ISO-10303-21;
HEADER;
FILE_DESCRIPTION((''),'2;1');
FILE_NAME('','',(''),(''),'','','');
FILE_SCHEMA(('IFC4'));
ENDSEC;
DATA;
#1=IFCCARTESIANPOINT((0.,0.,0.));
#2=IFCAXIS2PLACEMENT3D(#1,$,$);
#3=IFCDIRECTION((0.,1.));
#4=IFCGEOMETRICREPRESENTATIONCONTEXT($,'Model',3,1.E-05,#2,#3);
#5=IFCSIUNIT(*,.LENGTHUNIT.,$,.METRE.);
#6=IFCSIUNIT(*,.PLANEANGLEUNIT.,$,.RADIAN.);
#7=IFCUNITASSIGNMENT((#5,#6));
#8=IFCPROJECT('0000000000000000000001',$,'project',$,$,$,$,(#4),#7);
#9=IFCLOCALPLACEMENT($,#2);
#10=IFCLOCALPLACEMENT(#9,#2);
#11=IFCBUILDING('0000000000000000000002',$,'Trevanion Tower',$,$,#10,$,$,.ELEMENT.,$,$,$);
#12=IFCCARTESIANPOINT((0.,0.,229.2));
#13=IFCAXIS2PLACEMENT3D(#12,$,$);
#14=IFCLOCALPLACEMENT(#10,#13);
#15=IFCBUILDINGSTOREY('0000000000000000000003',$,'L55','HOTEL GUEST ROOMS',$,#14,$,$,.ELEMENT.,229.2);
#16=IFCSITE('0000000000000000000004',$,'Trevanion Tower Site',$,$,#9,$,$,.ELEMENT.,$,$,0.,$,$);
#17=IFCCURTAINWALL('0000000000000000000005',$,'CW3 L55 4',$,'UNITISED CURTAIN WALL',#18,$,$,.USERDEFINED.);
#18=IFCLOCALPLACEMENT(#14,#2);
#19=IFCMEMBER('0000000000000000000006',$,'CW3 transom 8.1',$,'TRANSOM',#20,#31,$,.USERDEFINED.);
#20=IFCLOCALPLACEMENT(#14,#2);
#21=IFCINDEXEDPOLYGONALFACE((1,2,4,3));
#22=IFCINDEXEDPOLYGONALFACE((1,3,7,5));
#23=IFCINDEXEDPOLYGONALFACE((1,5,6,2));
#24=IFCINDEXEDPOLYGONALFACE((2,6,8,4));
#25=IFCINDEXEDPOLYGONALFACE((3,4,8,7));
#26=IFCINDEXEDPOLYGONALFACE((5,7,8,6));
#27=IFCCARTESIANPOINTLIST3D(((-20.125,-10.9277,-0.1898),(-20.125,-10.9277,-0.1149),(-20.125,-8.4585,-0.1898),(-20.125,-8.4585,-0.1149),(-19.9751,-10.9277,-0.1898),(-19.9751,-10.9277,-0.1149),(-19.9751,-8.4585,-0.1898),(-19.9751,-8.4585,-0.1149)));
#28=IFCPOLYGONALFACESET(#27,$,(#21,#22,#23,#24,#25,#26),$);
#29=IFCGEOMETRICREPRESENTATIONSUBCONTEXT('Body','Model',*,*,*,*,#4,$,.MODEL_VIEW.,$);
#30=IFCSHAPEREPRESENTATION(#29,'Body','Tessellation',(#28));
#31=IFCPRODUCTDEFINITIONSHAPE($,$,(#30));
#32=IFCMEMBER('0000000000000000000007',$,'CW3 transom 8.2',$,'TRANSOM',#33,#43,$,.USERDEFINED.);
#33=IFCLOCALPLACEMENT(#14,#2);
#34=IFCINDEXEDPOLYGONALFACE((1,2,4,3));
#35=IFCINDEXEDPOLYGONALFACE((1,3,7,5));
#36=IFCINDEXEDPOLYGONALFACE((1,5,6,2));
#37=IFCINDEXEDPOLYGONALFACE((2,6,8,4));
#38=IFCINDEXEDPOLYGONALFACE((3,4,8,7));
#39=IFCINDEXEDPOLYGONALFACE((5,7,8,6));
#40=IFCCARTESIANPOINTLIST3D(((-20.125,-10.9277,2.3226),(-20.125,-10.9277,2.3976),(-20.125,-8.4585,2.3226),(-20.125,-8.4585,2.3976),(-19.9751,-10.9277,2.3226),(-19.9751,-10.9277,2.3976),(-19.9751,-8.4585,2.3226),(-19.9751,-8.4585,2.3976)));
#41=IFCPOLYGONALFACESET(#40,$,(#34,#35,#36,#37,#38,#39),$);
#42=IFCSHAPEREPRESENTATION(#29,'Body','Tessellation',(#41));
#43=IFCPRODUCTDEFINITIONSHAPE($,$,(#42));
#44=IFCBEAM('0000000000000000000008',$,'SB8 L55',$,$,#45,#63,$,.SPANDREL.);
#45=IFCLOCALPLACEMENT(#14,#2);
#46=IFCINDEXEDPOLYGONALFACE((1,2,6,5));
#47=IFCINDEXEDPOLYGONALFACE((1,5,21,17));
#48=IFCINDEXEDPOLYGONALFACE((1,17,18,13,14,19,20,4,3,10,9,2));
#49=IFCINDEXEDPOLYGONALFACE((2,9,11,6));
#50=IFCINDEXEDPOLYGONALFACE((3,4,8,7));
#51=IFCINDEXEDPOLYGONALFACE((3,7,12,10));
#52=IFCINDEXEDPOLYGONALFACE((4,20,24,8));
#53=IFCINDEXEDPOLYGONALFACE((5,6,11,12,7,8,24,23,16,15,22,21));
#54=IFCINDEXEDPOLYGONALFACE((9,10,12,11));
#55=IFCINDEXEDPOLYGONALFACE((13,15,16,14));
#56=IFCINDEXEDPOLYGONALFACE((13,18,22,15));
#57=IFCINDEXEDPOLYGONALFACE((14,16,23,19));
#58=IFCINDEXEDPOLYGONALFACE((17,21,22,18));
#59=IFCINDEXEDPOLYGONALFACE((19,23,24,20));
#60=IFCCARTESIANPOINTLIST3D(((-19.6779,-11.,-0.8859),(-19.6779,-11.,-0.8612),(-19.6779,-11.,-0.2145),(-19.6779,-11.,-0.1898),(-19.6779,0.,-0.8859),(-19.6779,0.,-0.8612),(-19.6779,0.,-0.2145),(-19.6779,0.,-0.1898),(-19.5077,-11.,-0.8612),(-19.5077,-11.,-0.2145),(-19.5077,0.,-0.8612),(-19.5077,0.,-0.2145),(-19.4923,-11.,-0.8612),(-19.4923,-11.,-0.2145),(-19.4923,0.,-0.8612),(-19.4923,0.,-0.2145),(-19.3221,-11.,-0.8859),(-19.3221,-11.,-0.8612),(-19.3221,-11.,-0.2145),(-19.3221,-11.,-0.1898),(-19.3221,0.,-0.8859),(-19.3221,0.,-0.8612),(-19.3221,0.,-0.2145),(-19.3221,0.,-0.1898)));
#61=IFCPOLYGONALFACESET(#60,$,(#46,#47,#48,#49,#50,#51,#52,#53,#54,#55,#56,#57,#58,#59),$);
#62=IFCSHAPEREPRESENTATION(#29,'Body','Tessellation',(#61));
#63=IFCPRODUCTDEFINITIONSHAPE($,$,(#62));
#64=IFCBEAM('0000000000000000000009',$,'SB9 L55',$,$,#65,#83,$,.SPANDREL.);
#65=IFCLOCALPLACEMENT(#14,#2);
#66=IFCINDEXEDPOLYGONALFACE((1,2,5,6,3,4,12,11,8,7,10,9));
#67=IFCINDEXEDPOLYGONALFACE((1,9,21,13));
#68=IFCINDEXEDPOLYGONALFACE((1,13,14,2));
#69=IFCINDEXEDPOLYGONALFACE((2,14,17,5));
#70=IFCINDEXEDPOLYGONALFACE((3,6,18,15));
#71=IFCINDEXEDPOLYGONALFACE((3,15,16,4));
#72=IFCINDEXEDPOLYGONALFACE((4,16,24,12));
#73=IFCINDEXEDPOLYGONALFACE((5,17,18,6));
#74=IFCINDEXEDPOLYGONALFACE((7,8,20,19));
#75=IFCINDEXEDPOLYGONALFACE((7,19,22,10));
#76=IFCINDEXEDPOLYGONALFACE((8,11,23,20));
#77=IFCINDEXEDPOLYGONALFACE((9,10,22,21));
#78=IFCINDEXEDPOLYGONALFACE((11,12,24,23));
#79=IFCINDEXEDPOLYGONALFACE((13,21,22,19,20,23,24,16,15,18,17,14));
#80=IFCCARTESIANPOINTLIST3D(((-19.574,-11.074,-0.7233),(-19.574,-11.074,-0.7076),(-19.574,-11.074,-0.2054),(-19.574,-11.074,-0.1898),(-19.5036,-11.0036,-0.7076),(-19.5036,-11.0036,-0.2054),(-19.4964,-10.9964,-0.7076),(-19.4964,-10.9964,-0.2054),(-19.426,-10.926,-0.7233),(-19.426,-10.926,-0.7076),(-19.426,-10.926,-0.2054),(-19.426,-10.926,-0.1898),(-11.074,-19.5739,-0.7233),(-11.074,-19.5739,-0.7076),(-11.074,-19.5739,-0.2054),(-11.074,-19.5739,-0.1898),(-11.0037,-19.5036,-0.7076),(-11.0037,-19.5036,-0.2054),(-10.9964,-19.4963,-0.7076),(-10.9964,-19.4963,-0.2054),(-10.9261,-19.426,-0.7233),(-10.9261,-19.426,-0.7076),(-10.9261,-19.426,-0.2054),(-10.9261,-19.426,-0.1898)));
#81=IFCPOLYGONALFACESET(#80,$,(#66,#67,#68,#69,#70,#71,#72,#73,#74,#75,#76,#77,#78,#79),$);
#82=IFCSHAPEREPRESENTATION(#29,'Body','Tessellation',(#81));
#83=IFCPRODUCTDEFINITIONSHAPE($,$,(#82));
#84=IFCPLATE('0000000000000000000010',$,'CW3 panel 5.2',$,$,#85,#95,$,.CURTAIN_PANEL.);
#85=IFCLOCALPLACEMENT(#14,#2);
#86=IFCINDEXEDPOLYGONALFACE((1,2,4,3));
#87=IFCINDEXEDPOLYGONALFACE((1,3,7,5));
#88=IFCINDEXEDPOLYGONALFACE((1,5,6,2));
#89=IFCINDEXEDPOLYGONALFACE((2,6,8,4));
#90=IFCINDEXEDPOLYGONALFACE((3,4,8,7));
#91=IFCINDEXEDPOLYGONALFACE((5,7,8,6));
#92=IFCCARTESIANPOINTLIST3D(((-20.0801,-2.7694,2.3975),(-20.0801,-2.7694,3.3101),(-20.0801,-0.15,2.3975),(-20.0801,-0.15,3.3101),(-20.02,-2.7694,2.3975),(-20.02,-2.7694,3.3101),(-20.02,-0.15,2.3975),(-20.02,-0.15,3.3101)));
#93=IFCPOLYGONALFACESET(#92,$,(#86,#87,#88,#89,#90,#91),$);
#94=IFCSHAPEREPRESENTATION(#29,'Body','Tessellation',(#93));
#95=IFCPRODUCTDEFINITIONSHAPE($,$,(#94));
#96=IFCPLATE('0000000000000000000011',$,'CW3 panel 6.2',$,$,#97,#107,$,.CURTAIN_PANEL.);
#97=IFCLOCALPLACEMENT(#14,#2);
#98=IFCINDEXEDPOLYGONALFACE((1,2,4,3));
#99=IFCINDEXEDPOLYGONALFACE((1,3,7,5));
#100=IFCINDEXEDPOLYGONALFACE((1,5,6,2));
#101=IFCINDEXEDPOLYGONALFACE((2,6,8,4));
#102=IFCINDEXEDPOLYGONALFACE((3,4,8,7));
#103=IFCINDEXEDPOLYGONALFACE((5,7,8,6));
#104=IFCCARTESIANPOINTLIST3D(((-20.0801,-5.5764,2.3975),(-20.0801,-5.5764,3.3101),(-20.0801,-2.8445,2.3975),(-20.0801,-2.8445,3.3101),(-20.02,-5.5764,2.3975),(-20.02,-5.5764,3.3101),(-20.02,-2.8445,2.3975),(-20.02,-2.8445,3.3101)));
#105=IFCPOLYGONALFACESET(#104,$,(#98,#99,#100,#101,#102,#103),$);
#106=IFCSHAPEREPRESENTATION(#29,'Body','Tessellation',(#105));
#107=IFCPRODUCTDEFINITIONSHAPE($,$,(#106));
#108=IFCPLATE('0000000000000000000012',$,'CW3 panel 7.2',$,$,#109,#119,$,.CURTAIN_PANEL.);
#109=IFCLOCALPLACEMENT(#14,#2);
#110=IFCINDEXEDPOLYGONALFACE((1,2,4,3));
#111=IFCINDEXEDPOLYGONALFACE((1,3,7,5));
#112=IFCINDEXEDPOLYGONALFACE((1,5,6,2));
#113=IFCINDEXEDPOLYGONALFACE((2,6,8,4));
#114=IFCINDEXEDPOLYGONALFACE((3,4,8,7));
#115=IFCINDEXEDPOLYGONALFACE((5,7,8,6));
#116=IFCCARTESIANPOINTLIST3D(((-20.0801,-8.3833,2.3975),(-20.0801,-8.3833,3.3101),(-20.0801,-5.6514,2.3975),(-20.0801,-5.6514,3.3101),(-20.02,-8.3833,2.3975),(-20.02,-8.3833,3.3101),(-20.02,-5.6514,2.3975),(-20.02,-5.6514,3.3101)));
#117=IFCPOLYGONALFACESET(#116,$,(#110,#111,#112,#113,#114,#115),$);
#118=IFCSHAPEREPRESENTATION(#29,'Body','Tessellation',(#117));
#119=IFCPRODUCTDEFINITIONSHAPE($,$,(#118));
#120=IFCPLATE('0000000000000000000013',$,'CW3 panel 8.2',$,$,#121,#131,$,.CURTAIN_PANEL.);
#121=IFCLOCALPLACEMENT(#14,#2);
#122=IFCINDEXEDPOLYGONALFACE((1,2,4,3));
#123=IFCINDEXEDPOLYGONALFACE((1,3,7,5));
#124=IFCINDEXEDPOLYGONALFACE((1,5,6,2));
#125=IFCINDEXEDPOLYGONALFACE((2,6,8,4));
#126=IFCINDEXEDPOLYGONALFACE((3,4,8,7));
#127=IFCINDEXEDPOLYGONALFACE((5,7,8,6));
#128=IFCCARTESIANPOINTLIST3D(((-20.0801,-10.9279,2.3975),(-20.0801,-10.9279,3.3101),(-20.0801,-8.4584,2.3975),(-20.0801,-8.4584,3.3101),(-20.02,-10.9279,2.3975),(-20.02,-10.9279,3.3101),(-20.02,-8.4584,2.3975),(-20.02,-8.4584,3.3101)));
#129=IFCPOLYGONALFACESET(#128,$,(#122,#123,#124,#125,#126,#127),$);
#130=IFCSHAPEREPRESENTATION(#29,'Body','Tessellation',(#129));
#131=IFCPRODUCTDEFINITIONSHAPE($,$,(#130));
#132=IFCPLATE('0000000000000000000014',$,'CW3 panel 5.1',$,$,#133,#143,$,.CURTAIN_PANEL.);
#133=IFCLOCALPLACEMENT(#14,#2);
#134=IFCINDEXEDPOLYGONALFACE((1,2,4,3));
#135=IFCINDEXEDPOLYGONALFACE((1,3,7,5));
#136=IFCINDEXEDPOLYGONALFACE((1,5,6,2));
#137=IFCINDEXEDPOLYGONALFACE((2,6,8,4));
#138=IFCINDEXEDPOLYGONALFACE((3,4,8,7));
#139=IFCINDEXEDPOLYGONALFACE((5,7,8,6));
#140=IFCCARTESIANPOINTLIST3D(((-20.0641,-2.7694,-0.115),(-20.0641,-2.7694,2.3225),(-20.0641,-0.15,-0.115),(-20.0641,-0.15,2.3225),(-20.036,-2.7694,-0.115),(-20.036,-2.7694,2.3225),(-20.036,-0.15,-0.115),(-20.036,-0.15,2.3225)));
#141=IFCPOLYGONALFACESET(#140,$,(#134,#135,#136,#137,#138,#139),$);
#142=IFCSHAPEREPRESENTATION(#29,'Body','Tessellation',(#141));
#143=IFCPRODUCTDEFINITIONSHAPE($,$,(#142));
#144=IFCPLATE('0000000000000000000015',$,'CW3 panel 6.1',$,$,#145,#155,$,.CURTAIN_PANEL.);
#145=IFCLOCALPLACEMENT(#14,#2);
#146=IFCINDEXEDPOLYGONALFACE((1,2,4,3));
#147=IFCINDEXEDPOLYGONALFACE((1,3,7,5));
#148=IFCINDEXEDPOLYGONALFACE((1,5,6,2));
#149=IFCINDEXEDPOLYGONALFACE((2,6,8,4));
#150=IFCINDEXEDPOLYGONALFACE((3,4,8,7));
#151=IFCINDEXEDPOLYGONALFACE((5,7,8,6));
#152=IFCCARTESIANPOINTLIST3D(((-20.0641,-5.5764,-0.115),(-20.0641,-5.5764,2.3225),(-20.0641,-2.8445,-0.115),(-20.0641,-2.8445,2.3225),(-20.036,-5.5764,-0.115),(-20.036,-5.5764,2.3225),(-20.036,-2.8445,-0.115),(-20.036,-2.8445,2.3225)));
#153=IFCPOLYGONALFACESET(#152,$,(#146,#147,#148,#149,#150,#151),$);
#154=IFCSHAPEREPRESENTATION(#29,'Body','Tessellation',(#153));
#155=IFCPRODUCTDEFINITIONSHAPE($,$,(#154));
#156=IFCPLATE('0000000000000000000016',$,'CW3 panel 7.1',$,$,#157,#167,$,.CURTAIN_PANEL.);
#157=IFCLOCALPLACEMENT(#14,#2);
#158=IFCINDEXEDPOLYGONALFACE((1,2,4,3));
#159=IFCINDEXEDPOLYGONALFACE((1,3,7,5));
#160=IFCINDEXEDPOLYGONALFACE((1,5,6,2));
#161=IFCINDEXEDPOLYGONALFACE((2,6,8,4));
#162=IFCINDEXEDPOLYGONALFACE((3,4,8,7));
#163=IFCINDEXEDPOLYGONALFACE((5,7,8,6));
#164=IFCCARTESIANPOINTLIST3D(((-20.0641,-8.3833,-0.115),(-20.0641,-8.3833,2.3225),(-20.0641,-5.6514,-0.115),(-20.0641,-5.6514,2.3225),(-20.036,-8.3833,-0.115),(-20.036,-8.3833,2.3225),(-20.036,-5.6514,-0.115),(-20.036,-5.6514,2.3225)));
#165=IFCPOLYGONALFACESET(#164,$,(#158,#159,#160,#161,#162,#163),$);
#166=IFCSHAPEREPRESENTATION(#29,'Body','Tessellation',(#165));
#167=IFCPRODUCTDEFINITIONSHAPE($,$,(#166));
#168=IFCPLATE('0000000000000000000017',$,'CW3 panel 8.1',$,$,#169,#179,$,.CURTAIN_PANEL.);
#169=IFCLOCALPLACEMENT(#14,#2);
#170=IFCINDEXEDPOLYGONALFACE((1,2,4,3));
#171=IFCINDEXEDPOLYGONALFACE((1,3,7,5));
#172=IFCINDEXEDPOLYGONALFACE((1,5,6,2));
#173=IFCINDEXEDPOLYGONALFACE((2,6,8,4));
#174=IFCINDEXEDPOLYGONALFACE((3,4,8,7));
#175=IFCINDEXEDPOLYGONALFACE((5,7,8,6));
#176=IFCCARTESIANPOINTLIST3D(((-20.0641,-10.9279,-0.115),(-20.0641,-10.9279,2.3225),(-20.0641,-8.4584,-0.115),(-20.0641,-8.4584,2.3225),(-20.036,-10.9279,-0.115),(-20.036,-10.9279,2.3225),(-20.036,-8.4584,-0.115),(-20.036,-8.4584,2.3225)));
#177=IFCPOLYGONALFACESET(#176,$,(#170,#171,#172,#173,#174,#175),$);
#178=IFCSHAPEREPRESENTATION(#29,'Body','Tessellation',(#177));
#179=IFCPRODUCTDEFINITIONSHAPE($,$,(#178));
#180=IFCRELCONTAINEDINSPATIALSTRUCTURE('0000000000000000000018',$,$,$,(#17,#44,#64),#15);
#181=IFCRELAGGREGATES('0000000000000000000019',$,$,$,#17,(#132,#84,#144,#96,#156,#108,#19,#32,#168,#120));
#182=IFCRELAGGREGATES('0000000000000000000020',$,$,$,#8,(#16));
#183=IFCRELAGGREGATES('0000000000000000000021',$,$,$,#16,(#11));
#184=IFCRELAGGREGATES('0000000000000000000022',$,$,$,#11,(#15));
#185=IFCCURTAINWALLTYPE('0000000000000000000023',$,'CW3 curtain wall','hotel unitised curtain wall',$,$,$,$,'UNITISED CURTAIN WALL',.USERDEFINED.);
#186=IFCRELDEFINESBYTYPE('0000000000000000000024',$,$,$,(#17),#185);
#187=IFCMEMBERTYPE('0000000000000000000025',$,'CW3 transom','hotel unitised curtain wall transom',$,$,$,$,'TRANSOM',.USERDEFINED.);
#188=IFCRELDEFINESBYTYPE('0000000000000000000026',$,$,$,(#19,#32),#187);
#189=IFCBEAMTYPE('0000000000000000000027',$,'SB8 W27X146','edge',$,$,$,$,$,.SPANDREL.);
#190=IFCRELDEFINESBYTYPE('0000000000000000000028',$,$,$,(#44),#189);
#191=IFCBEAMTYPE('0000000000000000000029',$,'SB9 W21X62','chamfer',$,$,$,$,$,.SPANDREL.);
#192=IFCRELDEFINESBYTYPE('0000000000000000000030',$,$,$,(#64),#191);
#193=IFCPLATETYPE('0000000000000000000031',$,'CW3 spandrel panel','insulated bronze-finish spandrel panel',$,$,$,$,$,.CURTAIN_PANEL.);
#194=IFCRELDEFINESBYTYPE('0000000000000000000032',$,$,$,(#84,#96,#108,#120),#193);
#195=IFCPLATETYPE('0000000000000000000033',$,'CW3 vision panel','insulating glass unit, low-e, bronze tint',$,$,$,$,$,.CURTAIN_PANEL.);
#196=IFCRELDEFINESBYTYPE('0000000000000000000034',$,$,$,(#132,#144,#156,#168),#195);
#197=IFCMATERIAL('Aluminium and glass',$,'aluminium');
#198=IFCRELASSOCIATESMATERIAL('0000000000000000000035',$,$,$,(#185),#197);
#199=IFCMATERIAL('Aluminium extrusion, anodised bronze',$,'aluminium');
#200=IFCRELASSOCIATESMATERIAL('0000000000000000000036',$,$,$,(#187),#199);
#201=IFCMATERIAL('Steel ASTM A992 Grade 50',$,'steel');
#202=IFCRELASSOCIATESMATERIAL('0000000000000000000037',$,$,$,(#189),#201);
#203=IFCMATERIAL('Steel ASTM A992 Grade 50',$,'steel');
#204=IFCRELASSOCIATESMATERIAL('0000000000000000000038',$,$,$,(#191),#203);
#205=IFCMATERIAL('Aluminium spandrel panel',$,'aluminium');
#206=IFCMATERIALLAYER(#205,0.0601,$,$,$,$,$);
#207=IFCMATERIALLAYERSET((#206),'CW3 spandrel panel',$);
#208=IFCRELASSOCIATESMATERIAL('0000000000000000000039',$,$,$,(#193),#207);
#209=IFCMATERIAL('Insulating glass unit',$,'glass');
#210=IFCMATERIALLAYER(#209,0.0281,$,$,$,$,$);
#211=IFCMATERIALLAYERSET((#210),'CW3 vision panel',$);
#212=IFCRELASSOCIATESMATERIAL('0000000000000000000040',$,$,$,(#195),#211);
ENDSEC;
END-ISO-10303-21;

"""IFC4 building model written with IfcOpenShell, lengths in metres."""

from ifc_helpers import new_model, si_unit, direction, frame, origin, origin_2d, place, context, subcontext, project, spatial, rectangle, i_section, extrude, material, layer, layer_set, material_profile, profile_set, type_object, element, aggregate, save


model = new_model("IFC4")

# Units and contexts
model_context = context("Model", 3, precision=1e-05, world=origin(), true_north=direction((0.0, 1.0)))
body_context = subcontext(model_context, "Body", "Model", "MODEL_VIEW")
ifc_project = project(units=[si_unit("LENGTHUNIT", "METRE"), si_unit("PLANEANGLEUNIT", "RADIAN")], contexts=[model_context])

# Site, building, storey
site_placement = place(None, origin())
site = spatial("IfcSite", under=ifc_project, at=site_placement, Name="Trevanion Tower Site", CompositionType="ELEMENT", RefElevation=0.0)
building_placement = place(site_placement, origin())
building = spatial("IfcBuilding", under=site, at=building_placement, Name="Trevanion Tower", CompositionType="ELEMENT")
storey_placement = place(building_placement, frame((0.0, 0.0, 229.2)))
storey = spatial("IfcBuildingStorey", under=building, at=storey_placement, Name="L55", Description="HOTEL GUEST ROOMS", CompositionType="ELEMENT", Elevation=229.2)

# Curtain wall
ifc_material_1 = material(Name="Aluminium and glass", Category="aluminium")
curtain_wall_type = type_object("IfcCurtainWallType", Name="CW3 curtain wall", Description="hotel unitised curtain wall", ElementType="UNITISED CURTAIN WALL", PredefinedType="USERDEFINED", material=ifc_material_1)
curtain_wall_1_placement = place(storey_placement, origin())
curtain_wall_1 = element("IfcCurtainWall", 1, at=curtain_wall_1_placement, inside=storey, type_object=curtain_wall_type, Name="CW3 L55 4", ObjectType="UNITISED CURTAIN WALL", PredefinedType="USERDEFINED")

# Members
ifc_material_2 = material(Name="Aluminium extrusion, anodised bronze", Category="aluminium")
ifc_material_profile_1 = material_profile(ifc_material_2, rectangle(XDim=0.1499, YDim=0.075, at=origin_2d()), Name="CW3 transom")
ifc_profile_set_1 = profile_set([ifc_material_profile_1], Name="Aluminium extrusion, anodised bronze")
member_type_1 = type_object("IfcMemberType", Name="CW3 transom", Description="hotel unitised curtain wall transom", ElementType="TRANSOM", PredefinedType="USERDEFINED", material=ifc_profile_set_1)
member_1_placement = place(storey_placement, frame((-20.05, -8.4585, -0.1523), z_axis=(0.0, -1.0, 0.0), x_axis=(1.0, 0.0, 0.0)))
member_1 = element("IfcMember", 2, at=member_1_placement, type_object=member_type_1, Name="CW3 transom 8.1", ObjectType="TRANSOM", PredefinedType="USERDEFINED", context=body_context, shape_type="SweptSolid", body=[
    extrude(rectangle(XDim=0.1499, YDim=0.075, at=origin_2d()), origin(), (0.0, 0.0, 1.0), 2.4692),
])
member_2_placement = place(storey_placement, frame((-20.05, -8.4585, 2.3601), z_axis=(0.0, -1.0, 0.0), x_axis=(1.0, 0.0, 0.0)))
member_2 = element("IfcMember", 3, at=member_2_placement, type_object=member_type_1, Name="CW3 transom 8.2", ObjectType="TRANSOM", PredefinedType="USERDEFINED", context=body_context, shape_type="SweptSolid", body=[
    extrude(rectangle(XDim=0.1499, YDim=0.075, at=origin_2d()), origin(), (0.0, 0.0, 1.0), 2.4692),
])

# Beams
ifc_material_3 = material(Name="Steel ASTM A992 Grade 50", Category="steel")
ifc_material_profile_2 = material_profile(ifc_material_3, i_section(OverallWidth=0.3557, OverallDepth=0.696, WebThickness=0.0154, FlangeThickness=0.0247, at=origin_2d()), Name="W27X146")
ifc_profile_set_2 = profile_set([ifc_material_profile_2], Name="Steel ASTM A992 Grade 50")
beam_type_1 = type_object("IfcBeamType", Name="SB8 W27X146", Description="edge", PredefinedType="SPANDREL", material=ifc_profile_set_2)
beam_1_placement = place(storey_placement, frame((-19.5, 0.0, -0.5378), z_axis=(0.0, -1.0, 0.0), x_axis=(1.0, 0.0, 0.0)))
element("IfcBeam", 4, at=beam_1_placement, inside=storey, type_object=beam_type_1, Name="SB8 L55", PredefinedType="SPANDREL", context=body_context, shape_type="SweptSolid", body=[
    extrude(i_section(OverallWidth=0.3557, OverallDepth=0.696, WebThickness=0.0154, FlangeThickness=0.0247, at=origin_2d()), origin(), (0.0, 0.0, 1.0), 11.0),
])
ifc_material_4 = material(Name="Steel ASTM A992 Grade 50", Category="steel")
ifc_material_profile_3 = material_profile(ifc_material_4, i_section(OverallWidth=0.2092, OverallDepth=0.5334, WebThickness=0.0103, FlangeThickness=0.0156, at=origin_2d()), Name="W21X62")
ifc_profile_set_3 = profile_set([ifc_material_profile_3], Name="Steel ASTM A992 Grade 50")
beam_type_2 = type_object("IfcBeamType", Name="SB9 W21X62", Description="chamfer", PredefinedType="SPANDREL", material=ifc_profile_set_3)
beam_2_placement = place(storey_placement, frame((-19.5, -11.0, -0.4565), z_axis=(0.707107, -0.707107, 0.0), x_axis=(0.707107, 0.707107, 0.0)))
element("IfcBeam", 5, at=beam_2_placement, inside=storey, type_object=beam_type_2, Name="SB9 L55", PredefinedType="SPANDREL", context=body_context, shape_type="SweptSolid", body=[
    extrude(i_section(OverallWidth=0.2092, OverallDepth=0.5334, WebThickness=0.0103, FlangeThickness=0.0156, at=origin_2d()), origin(), (0.0, 0.0, 1.0), 12.0208),
])

# Plates
ifc_material_5 = material(Name="Aluminium spandrel panel", Category="aluminium")
ifc_layer_1 = layer(ifc_material_5, 0.0601)
ifc_layer_set_1 = layer_set([ifc_layer_1], Name="CW3 spandrel panel")
plate_type_1 = type_object("IfcPlateType", Name="CW3 spandrel panel", Description="insulated bronze-finish spandrel panel", PredefinedType="CURTAIN_PANEL", material=ifc_layer_set_1)
plate_1_placement = place(storey_placement, frame((-20.05, -1.4597, 2.3975), z_axis=(0.0, 0.0, 1.0), x_axis=(0.0, -1.0, 0.0)))
plate_1 = element("IfcPlate", 6, at=plate_1_placement, type_object=plate_type_1, Name="CW3 panel 5.2", PredefinedType="CURTAIN_PANEL", context=body_context, shape_type="SweptSolid", body=[
    extrude(rectangle(XDim=2.6194, YDim=0.0601, at=origin_2d()), origin(), (0.0, 0.0, 1.0), 0.9126),
])
plate_2_placement = place(storey_placement, frame((-20.05, -4.2104, 2.3975), z_axis=(0.0, 0.0, 1.0), x_axis=(0.0, -1.0, 0.0)))
plate_2 = element("IfcPlate", 7, at=plate_2_placement, type_object=plate_type_1, Name="CW3 panel 6.2", PredefinedType="CURTAIN_PANEL", context=body_context, shape_type="SweptSolid", body=[
    extrude(rectangle(XDim=2.7319, YDim=0.0601, at=origin_2d()), origin(), (0.0, 0.0, 1.0), 0.9126),
])
plate_3_placement = place(storey_placement, frame((-20.05, -7.0173, 2.3975), z_axis=(0.0, 0.0, 1.0), x_axis=(0.0, -1.0, 0.0)))
plate_3 = element("IfcPlate", 8, at=plate_3_placement, type_object=plate_type_1, Name="CW3 panel 7.2", PredefinedType="CURTAIN_PANEL", context=body_context, shape_type="SweptSolid", body=[
    extrude(rectangle(XDim=2.7319, YDim=0.0601, at=origin_2d()), origin(), (0.0, 0.0, 1.0), 0.9126),
])
plate_4_placement = place(storey_placement, frame((-20.05, -9.6931, 2.3975), z_axis=(0.0, 0.0, 1.0), x_axis=(0.0, -1.0, 0.0)))
plate_4 = element("IfcPlate", 9, at=plate_4_placement, type_object=plate_type_1, Name="CW3 panel 8.2", PredefinedType="CURTAIN_PANEL", context=body_context, shape_type="SweptSolid", body=[
    extrude(rectangle(XDim=2.4695, YDim=0.0601, at=origin_2d()), origin(), (0.0, 0.0, 1.0), 0.9126),
])
ifc_material_6 = material(Name="Insulating glass unit", Category="glass")
ifc_layer_2 = layer(ifc_material_6, 0.0281)
ifc_layer_set_2 = layer_set([ifc_layer_2], Name="CW3 vision panel")
plate_type_2 = type_object("IfcPlateType", Name="CW3 vision panel", Description="insulating glass unit, low-e, bronze tint", PredefinedType="CURTAIN_PANEL", material=ifc_layer_set_2)
plate_5_placement = place(storey_placement, frame((-20.05, -1.4597, -0.115), z_axis=(0.0, 0.0, 1.0), x_axis=(0.0, -1.0, 0.0)))
plate_5 = element("IfcPlate", 10, at=plate_5_placement, type_object=plate_type_2, Name="CW3 panel 5.1", PredefinedType="CURTAIN_PANEL", context=body_context, shape_type="SweptSolid", body=[
    extrude(rectangle(XDim=2.6194, YDim=0.0281, at=origin_2d()), origin(), (0.0, 0.0, 1.0), 2.4375),
])
plate_6_placement = place(storey_placement, frame((-20.05, -4.2104, -0.115), z_axis=(0.0, 0.0, 1.0), x_axis=(0.0, -1.0, 0.0)))
plate_6 = element("IfcPlate", 11, at=plate_6_placement, type_object=plate_type_2, Name="CW3 panel 6.1", PredefinedType="CURTAIN_PANEL", context=body_context, shape_type="SweptSolid", body=[
    extrude(rectangle(XDim=2.7319, YDim=0.0281, at=origin_2d()), origin(), (0.0, 0.0, 1.0), 2.4375),
])
plate_7_placement = place(storey_placement, frame((-20.05, -7.0173, -0.115), z_axis=(0.0, 0.0, 1.0), x_axis=(0.0, -1.0, 0.0)))
plate_7 = element("IfcPlate", 12, at=plate_7_placement, type_object=plate_type_2, Name="CW3 panel 7.1", PredefinedType="CURTAIN_PANEL", context=body_context, shape_type="SweptSolid", body=[
    extrude(rectangle(XDim=2.7319, YDim=0.0281, at=origin_2d()), origin(), (0.0, 0.0, 1.0), 2.4375),
])
plate_8_placement = place(storey_placement, frame((-20.05, -9.6931, -0.115), z_axis=(0.0, 0.0, 1.0), x_axis=(0.0, -1.0, 0.0)))
plate_8 = element("IfcPlate", 13, at=plate_8_placement, type_object=plate_type_2, Name="CW3 panel 8.1", PredefinedType="CURTAIN_PANEL", context=body_context, shape_type="SweptSolid", body=[
    extrude(rectangle(XDim=2.4695, YDim=0.0281, at=origin_2d()), origin(), (0.0, 0.0, 1.0), 2.4375),
])
aggregate(curtain_wall_1, [plate_5, plate_1, plate_6, plate_2, plate_7, plate_3, member_1, member_2, plate_8, plate_4])

save(model, "model.ifc")
